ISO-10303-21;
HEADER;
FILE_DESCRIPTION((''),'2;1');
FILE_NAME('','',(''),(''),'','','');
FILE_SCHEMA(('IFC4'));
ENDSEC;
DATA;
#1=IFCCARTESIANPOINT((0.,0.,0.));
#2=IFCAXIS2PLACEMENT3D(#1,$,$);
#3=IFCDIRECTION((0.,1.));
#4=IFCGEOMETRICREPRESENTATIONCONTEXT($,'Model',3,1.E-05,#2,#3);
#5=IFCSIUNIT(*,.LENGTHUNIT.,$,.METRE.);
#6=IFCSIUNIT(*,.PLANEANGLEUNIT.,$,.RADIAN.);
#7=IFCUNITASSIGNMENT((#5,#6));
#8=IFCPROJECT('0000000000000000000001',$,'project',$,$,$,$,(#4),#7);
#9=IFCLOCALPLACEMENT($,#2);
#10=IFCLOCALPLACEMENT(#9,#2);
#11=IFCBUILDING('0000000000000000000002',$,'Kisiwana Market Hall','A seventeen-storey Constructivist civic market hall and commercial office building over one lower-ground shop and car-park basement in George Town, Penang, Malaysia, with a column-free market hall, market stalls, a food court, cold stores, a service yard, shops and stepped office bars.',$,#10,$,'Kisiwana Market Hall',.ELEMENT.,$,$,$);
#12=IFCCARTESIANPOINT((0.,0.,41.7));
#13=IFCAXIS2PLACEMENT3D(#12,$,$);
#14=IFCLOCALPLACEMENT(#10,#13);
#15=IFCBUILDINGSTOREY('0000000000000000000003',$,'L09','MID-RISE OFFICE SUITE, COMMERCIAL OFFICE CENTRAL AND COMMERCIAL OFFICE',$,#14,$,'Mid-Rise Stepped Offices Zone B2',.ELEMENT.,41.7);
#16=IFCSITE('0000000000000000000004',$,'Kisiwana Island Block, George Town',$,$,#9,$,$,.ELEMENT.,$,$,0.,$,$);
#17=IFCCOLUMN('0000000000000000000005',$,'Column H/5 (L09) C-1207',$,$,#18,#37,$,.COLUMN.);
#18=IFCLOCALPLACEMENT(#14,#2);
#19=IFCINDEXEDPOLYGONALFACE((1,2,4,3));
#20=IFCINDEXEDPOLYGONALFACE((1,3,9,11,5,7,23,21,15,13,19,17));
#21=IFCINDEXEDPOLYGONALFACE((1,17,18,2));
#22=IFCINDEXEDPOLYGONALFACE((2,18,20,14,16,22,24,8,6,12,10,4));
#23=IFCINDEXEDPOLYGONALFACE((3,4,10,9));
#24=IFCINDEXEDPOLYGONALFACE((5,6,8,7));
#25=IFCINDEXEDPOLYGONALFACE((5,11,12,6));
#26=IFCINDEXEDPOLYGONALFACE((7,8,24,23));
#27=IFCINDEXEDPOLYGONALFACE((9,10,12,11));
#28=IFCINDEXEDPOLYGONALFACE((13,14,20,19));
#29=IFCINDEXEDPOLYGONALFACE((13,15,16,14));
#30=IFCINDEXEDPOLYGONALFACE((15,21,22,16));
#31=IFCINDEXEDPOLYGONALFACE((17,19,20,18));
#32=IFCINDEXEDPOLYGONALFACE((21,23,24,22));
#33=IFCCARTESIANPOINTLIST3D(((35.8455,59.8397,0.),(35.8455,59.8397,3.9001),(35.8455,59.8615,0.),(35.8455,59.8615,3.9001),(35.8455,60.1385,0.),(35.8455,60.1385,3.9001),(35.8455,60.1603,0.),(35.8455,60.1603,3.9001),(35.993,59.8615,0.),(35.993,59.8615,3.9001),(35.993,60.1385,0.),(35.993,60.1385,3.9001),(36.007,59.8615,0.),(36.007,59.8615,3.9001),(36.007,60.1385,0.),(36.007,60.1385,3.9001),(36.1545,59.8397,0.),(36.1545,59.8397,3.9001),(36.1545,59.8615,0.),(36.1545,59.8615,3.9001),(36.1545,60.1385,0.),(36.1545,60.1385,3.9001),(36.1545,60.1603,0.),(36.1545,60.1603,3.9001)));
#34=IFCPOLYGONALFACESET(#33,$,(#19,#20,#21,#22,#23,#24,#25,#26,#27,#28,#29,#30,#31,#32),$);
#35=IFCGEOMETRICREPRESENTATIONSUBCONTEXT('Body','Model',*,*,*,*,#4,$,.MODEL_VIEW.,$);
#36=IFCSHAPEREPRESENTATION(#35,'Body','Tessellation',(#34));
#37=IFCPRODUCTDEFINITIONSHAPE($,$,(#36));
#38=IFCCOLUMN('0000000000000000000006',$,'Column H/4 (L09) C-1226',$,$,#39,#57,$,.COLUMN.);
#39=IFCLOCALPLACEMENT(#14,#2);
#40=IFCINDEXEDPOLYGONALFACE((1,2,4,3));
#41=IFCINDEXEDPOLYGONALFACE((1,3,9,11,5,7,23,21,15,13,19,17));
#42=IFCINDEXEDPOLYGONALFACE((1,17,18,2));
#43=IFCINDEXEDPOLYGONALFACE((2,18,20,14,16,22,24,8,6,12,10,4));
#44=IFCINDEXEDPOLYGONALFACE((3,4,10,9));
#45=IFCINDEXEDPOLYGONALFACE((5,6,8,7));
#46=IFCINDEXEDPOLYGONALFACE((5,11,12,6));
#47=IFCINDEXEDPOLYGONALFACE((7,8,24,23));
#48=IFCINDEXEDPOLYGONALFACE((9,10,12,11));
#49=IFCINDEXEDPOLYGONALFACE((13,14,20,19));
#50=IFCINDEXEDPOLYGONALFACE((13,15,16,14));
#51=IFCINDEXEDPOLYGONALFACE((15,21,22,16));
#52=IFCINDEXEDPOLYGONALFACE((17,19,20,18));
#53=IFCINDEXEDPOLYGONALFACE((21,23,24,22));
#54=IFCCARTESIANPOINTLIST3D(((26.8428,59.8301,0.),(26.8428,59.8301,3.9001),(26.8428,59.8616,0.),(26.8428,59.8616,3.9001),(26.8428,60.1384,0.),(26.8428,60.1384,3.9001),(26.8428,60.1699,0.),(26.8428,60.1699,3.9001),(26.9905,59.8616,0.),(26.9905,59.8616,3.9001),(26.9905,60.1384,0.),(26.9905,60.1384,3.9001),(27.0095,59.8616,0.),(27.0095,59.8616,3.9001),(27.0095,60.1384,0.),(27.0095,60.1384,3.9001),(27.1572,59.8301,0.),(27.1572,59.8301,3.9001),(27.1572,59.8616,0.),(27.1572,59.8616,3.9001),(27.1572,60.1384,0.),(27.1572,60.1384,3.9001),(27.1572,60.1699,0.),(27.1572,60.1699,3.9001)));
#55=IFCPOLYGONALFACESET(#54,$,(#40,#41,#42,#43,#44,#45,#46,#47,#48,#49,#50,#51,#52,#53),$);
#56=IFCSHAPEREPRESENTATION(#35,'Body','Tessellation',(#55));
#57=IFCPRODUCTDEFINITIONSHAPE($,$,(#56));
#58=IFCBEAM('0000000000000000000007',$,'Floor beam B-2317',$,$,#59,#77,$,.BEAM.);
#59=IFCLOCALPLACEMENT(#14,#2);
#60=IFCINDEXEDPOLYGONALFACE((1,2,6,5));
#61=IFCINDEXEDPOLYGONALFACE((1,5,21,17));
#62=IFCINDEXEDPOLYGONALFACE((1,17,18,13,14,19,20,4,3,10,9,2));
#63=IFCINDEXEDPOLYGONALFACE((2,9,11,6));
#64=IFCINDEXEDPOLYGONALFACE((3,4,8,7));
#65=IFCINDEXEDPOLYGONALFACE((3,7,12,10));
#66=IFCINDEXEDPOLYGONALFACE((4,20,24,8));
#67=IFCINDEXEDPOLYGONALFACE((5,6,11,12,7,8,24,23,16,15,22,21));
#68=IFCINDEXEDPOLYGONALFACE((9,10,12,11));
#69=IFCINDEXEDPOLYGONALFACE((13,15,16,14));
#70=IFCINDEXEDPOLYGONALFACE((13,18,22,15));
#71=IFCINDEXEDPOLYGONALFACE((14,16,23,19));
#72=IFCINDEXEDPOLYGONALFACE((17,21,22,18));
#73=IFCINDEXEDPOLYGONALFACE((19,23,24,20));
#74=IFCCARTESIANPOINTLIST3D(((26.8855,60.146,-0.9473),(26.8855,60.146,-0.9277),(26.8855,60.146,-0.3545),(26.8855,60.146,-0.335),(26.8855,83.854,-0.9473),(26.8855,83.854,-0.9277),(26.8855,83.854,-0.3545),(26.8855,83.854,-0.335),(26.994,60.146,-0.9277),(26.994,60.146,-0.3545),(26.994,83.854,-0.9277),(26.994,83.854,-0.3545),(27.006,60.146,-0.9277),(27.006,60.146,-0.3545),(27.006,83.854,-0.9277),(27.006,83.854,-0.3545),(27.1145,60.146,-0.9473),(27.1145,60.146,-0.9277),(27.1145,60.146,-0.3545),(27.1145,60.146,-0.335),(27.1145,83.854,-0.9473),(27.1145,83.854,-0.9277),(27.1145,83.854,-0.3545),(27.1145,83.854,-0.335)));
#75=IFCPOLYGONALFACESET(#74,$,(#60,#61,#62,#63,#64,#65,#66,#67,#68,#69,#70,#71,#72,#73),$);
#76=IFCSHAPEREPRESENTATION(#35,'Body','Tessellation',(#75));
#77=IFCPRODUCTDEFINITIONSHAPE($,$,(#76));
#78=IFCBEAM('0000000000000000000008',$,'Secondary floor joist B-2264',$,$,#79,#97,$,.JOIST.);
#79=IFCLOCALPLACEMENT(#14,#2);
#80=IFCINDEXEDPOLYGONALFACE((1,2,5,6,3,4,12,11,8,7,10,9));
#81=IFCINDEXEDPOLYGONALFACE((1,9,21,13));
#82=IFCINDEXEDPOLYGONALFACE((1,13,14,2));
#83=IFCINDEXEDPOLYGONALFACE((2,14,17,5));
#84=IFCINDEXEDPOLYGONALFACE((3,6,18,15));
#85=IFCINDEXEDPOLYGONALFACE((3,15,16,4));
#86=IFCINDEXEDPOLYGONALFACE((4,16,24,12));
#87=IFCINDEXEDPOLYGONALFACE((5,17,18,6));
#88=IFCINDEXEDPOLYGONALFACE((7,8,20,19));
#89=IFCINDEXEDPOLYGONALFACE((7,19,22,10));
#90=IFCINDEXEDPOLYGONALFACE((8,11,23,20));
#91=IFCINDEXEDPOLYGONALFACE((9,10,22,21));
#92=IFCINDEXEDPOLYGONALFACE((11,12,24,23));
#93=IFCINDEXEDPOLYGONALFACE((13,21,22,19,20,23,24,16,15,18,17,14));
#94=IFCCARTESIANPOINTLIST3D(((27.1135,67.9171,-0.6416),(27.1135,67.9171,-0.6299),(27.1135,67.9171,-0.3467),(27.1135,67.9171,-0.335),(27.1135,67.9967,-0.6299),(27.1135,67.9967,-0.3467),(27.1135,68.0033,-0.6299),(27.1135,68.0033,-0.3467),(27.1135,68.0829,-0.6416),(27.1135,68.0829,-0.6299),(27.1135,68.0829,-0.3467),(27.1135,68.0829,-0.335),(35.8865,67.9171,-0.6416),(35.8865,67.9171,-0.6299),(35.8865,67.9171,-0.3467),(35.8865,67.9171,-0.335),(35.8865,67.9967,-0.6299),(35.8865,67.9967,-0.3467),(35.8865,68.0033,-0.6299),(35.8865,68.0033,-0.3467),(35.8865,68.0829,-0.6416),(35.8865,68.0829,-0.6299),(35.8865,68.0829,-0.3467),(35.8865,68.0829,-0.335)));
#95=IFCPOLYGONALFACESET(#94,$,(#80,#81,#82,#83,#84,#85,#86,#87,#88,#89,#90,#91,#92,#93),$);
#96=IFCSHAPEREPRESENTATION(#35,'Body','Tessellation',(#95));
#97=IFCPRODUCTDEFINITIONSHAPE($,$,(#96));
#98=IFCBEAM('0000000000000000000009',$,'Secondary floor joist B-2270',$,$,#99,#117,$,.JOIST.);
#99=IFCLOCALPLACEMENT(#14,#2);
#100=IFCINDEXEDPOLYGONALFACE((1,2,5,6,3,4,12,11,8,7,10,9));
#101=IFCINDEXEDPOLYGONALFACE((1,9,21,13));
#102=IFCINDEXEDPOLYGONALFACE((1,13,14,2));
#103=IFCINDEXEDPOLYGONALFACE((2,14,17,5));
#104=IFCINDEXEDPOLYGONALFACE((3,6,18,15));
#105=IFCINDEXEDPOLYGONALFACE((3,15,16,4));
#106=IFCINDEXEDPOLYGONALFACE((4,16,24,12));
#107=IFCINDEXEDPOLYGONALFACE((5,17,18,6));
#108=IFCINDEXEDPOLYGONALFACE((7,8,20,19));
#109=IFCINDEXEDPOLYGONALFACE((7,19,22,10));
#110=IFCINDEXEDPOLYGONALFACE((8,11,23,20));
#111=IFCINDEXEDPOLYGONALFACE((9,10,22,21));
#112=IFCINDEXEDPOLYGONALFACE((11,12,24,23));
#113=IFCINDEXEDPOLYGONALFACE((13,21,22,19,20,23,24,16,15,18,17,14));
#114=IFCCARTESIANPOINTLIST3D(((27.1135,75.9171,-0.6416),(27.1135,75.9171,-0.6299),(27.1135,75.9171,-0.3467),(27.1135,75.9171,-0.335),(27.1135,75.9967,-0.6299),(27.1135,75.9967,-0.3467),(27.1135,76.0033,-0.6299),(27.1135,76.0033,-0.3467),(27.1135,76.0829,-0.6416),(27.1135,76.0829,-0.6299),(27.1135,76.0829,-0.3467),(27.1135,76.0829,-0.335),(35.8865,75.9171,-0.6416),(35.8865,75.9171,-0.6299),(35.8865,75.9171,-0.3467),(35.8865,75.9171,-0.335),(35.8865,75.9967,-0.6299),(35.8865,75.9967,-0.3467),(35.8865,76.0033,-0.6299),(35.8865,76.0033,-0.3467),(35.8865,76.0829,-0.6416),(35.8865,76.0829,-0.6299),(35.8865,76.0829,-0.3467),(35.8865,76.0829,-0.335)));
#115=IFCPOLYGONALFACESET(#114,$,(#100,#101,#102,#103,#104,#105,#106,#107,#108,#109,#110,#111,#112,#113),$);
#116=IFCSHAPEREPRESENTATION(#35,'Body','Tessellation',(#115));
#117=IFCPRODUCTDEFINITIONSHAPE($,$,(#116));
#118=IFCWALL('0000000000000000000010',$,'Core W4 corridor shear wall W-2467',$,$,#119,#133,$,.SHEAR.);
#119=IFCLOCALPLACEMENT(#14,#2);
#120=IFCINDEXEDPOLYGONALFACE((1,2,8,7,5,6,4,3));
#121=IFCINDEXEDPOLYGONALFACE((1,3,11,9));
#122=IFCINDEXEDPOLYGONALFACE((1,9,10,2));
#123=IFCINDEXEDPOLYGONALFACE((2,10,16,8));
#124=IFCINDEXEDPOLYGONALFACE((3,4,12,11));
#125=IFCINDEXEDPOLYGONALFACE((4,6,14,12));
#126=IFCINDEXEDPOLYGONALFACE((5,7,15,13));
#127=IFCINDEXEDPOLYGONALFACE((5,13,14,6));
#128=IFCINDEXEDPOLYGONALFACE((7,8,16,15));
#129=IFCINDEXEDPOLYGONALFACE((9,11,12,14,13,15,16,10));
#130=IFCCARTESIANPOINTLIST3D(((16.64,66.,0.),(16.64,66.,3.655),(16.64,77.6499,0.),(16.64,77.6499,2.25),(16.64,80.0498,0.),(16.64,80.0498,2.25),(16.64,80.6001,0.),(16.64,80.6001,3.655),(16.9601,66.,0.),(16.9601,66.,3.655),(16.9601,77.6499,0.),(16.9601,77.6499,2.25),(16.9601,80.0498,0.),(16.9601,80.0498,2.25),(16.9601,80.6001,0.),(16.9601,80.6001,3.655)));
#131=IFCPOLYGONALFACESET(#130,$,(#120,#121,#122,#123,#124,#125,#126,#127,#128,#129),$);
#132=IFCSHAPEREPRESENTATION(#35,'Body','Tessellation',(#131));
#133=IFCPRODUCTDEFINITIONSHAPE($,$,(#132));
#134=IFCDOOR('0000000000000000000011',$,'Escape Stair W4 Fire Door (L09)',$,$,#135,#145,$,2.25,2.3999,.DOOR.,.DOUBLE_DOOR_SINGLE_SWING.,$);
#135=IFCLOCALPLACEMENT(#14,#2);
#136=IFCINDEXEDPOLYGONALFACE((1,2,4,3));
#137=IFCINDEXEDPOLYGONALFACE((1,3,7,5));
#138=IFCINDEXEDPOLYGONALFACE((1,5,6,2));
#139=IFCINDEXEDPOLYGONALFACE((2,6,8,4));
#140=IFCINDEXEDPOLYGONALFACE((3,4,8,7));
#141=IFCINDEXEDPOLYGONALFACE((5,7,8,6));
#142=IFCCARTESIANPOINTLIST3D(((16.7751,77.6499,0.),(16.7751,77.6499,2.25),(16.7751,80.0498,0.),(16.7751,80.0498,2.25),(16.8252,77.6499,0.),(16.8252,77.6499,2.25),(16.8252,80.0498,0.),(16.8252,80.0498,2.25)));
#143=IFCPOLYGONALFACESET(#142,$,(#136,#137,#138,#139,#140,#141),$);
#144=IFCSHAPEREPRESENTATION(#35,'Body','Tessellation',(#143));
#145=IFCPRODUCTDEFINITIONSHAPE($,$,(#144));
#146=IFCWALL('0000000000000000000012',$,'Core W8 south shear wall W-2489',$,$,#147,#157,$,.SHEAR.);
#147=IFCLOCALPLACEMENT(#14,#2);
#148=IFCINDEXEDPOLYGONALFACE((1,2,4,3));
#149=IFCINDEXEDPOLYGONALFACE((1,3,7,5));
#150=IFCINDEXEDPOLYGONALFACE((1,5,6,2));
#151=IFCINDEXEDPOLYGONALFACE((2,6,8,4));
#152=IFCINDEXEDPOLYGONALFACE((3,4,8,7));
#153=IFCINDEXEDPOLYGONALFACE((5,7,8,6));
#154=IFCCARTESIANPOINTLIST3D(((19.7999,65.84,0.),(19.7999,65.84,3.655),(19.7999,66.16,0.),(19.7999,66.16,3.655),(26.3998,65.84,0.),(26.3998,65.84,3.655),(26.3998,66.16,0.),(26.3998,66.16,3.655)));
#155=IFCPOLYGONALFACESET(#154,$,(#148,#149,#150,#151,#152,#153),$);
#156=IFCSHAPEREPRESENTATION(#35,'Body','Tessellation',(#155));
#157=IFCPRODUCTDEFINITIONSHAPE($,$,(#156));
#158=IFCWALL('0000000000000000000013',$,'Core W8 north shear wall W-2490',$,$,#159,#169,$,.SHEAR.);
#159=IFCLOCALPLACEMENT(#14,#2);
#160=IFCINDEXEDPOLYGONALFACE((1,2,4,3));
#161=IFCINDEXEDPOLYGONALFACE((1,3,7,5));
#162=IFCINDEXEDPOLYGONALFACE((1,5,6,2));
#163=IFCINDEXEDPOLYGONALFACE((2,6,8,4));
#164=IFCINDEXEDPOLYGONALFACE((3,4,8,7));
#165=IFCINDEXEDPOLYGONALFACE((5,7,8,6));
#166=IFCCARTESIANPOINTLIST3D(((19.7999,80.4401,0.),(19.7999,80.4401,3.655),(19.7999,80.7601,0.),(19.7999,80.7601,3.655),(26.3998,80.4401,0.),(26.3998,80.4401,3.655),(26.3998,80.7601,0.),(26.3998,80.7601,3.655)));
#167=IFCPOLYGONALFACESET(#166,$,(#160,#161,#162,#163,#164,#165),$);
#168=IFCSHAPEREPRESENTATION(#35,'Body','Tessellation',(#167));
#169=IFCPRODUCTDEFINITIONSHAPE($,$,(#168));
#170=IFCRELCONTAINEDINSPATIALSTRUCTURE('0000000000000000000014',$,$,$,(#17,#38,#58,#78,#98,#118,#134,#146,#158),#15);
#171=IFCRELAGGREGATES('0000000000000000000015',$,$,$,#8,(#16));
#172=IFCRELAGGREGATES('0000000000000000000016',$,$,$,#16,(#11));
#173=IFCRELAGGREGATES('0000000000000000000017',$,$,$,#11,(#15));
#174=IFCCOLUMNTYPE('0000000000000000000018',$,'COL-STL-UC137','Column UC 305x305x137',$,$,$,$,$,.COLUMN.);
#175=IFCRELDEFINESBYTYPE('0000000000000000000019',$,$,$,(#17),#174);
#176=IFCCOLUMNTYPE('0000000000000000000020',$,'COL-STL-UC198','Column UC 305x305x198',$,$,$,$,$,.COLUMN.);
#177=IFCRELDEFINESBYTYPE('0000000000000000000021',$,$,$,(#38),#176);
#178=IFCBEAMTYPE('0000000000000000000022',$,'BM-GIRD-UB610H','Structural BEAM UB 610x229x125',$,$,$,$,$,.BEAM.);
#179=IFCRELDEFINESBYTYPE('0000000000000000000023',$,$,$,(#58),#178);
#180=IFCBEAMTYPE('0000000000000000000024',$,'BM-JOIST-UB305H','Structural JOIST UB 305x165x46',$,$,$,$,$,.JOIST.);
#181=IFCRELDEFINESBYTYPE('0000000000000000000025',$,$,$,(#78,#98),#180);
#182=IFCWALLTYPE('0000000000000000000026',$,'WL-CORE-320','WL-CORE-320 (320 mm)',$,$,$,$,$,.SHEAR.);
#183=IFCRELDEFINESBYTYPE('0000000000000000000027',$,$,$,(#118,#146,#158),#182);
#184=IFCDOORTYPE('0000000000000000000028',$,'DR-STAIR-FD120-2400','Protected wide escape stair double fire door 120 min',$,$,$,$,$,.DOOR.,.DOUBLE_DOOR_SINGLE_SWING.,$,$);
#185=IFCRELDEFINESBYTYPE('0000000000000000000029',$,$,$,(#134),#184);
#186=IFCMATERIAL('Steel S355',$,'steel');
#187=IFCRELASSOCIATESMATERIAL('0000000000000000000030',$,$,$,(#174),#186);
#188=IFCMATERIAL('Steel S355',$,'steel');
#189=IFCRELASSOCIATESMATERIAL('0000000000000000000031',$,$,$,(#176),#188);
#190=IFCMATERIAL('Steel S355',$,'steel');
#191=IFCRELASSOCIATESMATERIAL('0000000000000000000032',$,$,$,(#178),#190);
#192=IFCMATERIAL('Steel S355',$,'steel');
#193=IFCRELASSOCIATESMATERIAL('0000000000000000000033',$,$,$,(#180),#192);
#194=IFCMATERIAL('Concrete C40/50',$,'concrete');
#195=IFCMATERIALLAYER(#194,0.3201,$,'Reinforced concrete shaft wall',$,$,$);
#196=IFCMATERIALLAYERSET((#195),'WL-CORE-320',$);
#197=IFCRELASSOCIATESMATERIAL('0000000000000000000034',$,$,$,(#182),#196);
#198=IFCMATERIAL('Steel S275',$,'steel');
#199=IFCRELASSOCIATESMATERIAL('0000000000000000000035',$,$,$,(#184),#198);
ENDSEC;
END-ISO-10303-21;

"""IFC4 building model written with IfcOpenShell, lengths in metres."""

from ifc_helpers import new_model, si_unit, direction, frame, frame_2d, origin, origin_2d, place, context, subcontext, project, spatial, rectangle, i_section, extrude, material, layer, layer_set, material_profile, profile_set, type_object, element, fill, save


model = new_model("IFC4")

# Units and contexts
model_context = context("Model", 3, precision=1e-05, world=origin(), true_north=direction((0.0, 1.0)))
body_context = subcontext(model_context, "Body", "Model", "MODEL_VIEW")
ifc_project = project(units=[si_unit("LENGTHUNIT", "METRE"), si_unit("PLANEANGLEUNIT", "RADIAN")], contexts=[model_context])

# Site, building, storey
site_placement = place(None, origin())
site = spatial("IfcSite", under=ifc_project, at=site_placement, Name="Kisiwana Island Block, George Town", CompositionType="ELEMENT", RefElevation=0.0)
building_placement = place(site_placement, origin())
building = spatial("IfcBuilding", under=site, at=building_placement, Name="Kisiwana Market Hall", Description="A seventeen-storey Constructivist civic market hall and commercial office building over one lower-ground shop and car-park basement in George Town, Penang, Malaysia, with a column-free market hall, market stalls, a food court, cold stores, a service yard, shops and stepped office bars.", LongName="Kisiwana Market Hall", CompositionType="ELEMENT")
storey_placement = place(building_placement, frame((0.0, 0.0, 41.7)))
storey = spatial("IfcBuildingStorey", under=building, at=storey_placement, Name="L09", Description="MID-RISE OFFICE SUITE, COMMERCIAL OFFICE CENTRAL AND COMMERCIAL OFFICE", LongName="Mid-Rise Stepped Offices Zone B2", CompositionType="ELEMENT", Elevation=41.7)

# Columns
ifc_material_1 = material(Name="Steel S355", Category="steel")
ifc_material_profile_1 = material_profile(ifc_material_1, i_section(OverallWidth=0.3091, OverallDepth=0.3206, WebThickness=0.0139, FlangeThickness=0.0217, at=origin_2d()), Name="UC 305x305x137")
ifc_profile_set_1 = profile_set([ifc_material_profile_1], Name="Steel S355")
column_type_1 = type_object("IfcColumnType", Name="COL-STL-UC137", Description="Column UC 305x305x137", PredefinedType="COLUMN", material=ifc_profile_set_1)
column_1_placement = place(storey_placement, frame((36.0, 60.0, 0.0), z_axis=(0.0, 0.0, 1.0), x_axis=(1.0, 0.0, 0.0)))
element("IfcColumn", 1, at=column_1_placement, inside=storey, type_object=column_type_1, Name="Column H/5 (L09) C-1207", PredefinedType="COLUMN", context=body_context, shape_type="SweptSolid", body=[
    extrude(i_section(OverallWidth=0.3091, OverallDepth=0.3206, WebThickness=0.0139, FlangeThickness=0.0217, at=origin_2d()), origin(), (0.0, 0.0, 1.0), 3.9001),
])
ifc_material_2 = material(Name="Steel S355", Category="steel")
ifc_material_profile_2 = material_profile(ifc_material_2, i_section(OverallWidth=0.3145, OverallDepth=0.3398, WebThickness=0.019, FlangeThickness=0.0315, at=origin_2d()), Name="UC 305x305x198")
ifc_profile_set_2 = profile_set([ifc_material_profile_2], Name="Steel S355")
column_type_2 = type_object("IfcColumnType", Name="COL-STL-UC198", Description="Column UC 305x305x198", PredefinedType="COLUMN", material=ifc_profile_set_2)
column_2_placement = place(storey_placement, frame((27.0, 60.0, 0.0), z_axis=(0.0, 0.0, 1.0), x_axis=(1.0, 0.0, 0.0)))
element("IfcColumn", 2, at=column_2_placement, inside=storey, type_object=column_type_2, Name="Column H/4 (L09) C-1226", PredefinedType="COLUMN", context=body_context, shape_type="SweptSolid", body=[
    extrude(i_section(OverallWidth=0.3145, OverallDepth=0.3398, WebThickness=0.019, FlangeThickness=0.0315, at=origin_2d()), origin(), (0.0, 0.0, 1.0), 3.9001),
])

# Beams
ifc_material_3 = material(Name="Steel S355", Category="steel")
ifc_material_profile_3 = material_profile(ifc_material_3, i_section(OverallWidth=0.229, OverallDepth=0.6123, WebThickness=0.012, FlangeThickness=0.0195, at=origin_2d()), Name="UB 610x229x125")
ifc_profile_set_3 = profile_set([ifc_material_profile_3], Name="Steel S355")
beam_type_1 = type_object("IfcBeamType", Name="BM-GIRD-UB610H", Description="Structural BEAM UB 610x229x125", PredefinedType="BEAM", material=ifc_profile_set_3)
beam_placement = place(storey_placement, frame((27.0, 60.146, -0.6411), z_axis=(0.0, 1.0, 0.0), x_axis=(-1.0, 0.0, 0.0)))
element("IfcBeam", 3, at=beam_placement, inside=storey, type_object=beam_type_1, Name="Floor beam B-2317", PredefinedType="BEAM", context=body_context, shape_type="SweptSolid", body=[
    extrude(i_section(OverallWidth=0.229, OverallDepth=0.6123, WebThickness=0.012, FlangeThickness=0.0195, at=origin_2d()), origin(), (0.0, 0.0, 1.0), 23.708),
])
ifc_material_4 = material(Name="Steel S355", Category="steel")
ifc_material_profile_4 = material_profile(ifc_material_4, i_section(OverallWidth=0.1658, OverallDepth=0.3066, WebThickness=0.0066, FlangeThickness=0.0117, at=origin_2d()), Name="UB 305x165x46")
ifc_profile_set_4 = profile_set([ifc_material_profile_4], Name="Steel S355")
beam_type_2 = type_object("IfcBeamType", Name="BM-JOIST-UB305H", Description="Structural JOIST UB 305x165x46", PredefinedType="JOIST", material=ifc_profile_set_4)
for number, where, z_axis, x_axis, name in (
    (4, (27.1135, 68.0, -0.4883), (1.0, 0.0, 0.0), (0.0, 1.0, 0.0), "Secondary floor joist B-2264"),
    (5, (27.1135, 76.0, -0.4883), (1.0, 0.0, 0.0), (0.0, 1.0, 0.0), "Secondary floor joist B-2270"),
):
    element("IfcBeam", number, at=place(storey_placement, frame(where, z_axis=z_axis, x_axis=x_axis)), inside=storey, type_object=beam_type_2, Name=name, PredefinedType="JOIST", context=body_context, shape_type="SweptSolid", body=[
        extrude(i_section(OverallWidth=0.1658, OverallDepth=0.3066, WebThickness=0.0066, FlangeThickness=0.0117, at=origin_2d()), origin(), (0.0, 0.0, 1.0), 8.7729),
    ])

# Wall, opening, door
ifc_material_5 = material(Name="Concrete C40/50", Category="concrete")
ifc_layer_1 = layer(ifc_material_5, 0.3201, Name="Reinforced concrete shaft wall")
ifc_layer_set_1 = layer_set([ifc_layer_1], Name="WL-CORE-320")
wall_type_1 = type_object("IfcWallType", Name="WL-CORE-320", Description="WL-CORE-320 (320 mm)", PredefinedType="SHEAR", material=ifc_layer_set_1)
wall_1_placement = place(storey_placement, frame((16.8, 66.0, 0.0), z_axis=(0.0, 0.0, 1.0), x_axis=(0.0, 1.0, 0.0)))
wall_1 = element("IfcWall", 6, at=wall_1_placement, inside=storey, type_object=wall_type_1, Name="Core W4 corridor shear wall W-2467", PredefinedType="SHEAR", context=body_context, shape_type="SweptSolid", body=[
    extrude(rectangle(XDim=14.6001, YDim=0.3201, at=frame_2d((7.3, 0.0))), origin(), (0.0, 0.0, 1.0), 3.655),
])
opening_1_placement = place(wall_1_placement, frame((11.6499, 0.0, 0.0)))
opening_1 = element("IfcOpeningElement", 7, at=opening_1_placement, cuts=wall_1, PredefinedType="OPENING", context=body_context, shape_type="SweptSolid", body=[
    extrude(rectangle(XDim=2.3999, YDim=2.25, at=frame_2d((1.2, 1.125))), frame((0.0, 0.1719, 0.0), z_axis=(0.0, -1.0, 0.0), x_axis=(1.0, 0.0, 0.0)), (0.0, 0.0, 1.0), 0.344),
])
ifc_material_6 = material(Name="Steel S275", Category="steel")
door_type_1 = type_object("IfcDoorType", Name="DR-STAIR-FD120-2400", Description="Protected wide escape stair double fire door 120 min", OperationType="DOUBLE_DOOR_SINGLE_SWING", PredefinedType="DOOR", material=ifc_material_6)
door_1_placement = place(opening_1_placement, origin())
door_1 = element("IfcDoor", 8, at=door_1_placement, inside=storey, type_object=door_type_1, Name="Escape Stair W4 Fire Door (L09)", OperationType="DOUBLE_DOOR_SINGLE_SWING", OverallHeight=2.25, OverallWidth=2.3999, PredefinedType="DOOR", context=body_context, shape_type="SweptSolid", body=[
    extrude(rectangle(XDim=2.3999, YDim=2.25, at=frame_2d((1.2, 1.125))), frame((0.0, 0.0249, 0.0), z_axis=(0.0, -1.0, 0.0), x_axis=(1.0, 0.0, 0.0)), (0.0, 0.0, 1.0), 0.05),
])
fill(opening_1, door_1)

# Walls
for number, where, z_axis, x_axis, name in (
    (9, (19.8, 66.0, 0.0), (0.0, 0.0, 1.0), (1.0, 0.0, 0.0), "Core W8 south shear wall W-2489"),
    (10, (19.8, 80.6001, 0.0), (0.0, 0.0, 1.0), (1.0, 0.0, 0.0), "Core W8 north shear wall W-2490"),
):
    element("IfcWall", number, at=place(storey_placement, frame(where, z_axis=z_axis, x_axis=x_axis)), inside=storey, type_object=wall_type_1, Name=name, PredefinedType="SHEAR", context=body_context, shape_type="SweptSolid", body=[
        extrude(rectangle(XDim=6.5999, YDim=0.3201, at=frame_2d((3.2998, 0.0))), origin(), (0.0, 0.0, 1.0), 3.655),
    ])

save(model, "model.ifc")
